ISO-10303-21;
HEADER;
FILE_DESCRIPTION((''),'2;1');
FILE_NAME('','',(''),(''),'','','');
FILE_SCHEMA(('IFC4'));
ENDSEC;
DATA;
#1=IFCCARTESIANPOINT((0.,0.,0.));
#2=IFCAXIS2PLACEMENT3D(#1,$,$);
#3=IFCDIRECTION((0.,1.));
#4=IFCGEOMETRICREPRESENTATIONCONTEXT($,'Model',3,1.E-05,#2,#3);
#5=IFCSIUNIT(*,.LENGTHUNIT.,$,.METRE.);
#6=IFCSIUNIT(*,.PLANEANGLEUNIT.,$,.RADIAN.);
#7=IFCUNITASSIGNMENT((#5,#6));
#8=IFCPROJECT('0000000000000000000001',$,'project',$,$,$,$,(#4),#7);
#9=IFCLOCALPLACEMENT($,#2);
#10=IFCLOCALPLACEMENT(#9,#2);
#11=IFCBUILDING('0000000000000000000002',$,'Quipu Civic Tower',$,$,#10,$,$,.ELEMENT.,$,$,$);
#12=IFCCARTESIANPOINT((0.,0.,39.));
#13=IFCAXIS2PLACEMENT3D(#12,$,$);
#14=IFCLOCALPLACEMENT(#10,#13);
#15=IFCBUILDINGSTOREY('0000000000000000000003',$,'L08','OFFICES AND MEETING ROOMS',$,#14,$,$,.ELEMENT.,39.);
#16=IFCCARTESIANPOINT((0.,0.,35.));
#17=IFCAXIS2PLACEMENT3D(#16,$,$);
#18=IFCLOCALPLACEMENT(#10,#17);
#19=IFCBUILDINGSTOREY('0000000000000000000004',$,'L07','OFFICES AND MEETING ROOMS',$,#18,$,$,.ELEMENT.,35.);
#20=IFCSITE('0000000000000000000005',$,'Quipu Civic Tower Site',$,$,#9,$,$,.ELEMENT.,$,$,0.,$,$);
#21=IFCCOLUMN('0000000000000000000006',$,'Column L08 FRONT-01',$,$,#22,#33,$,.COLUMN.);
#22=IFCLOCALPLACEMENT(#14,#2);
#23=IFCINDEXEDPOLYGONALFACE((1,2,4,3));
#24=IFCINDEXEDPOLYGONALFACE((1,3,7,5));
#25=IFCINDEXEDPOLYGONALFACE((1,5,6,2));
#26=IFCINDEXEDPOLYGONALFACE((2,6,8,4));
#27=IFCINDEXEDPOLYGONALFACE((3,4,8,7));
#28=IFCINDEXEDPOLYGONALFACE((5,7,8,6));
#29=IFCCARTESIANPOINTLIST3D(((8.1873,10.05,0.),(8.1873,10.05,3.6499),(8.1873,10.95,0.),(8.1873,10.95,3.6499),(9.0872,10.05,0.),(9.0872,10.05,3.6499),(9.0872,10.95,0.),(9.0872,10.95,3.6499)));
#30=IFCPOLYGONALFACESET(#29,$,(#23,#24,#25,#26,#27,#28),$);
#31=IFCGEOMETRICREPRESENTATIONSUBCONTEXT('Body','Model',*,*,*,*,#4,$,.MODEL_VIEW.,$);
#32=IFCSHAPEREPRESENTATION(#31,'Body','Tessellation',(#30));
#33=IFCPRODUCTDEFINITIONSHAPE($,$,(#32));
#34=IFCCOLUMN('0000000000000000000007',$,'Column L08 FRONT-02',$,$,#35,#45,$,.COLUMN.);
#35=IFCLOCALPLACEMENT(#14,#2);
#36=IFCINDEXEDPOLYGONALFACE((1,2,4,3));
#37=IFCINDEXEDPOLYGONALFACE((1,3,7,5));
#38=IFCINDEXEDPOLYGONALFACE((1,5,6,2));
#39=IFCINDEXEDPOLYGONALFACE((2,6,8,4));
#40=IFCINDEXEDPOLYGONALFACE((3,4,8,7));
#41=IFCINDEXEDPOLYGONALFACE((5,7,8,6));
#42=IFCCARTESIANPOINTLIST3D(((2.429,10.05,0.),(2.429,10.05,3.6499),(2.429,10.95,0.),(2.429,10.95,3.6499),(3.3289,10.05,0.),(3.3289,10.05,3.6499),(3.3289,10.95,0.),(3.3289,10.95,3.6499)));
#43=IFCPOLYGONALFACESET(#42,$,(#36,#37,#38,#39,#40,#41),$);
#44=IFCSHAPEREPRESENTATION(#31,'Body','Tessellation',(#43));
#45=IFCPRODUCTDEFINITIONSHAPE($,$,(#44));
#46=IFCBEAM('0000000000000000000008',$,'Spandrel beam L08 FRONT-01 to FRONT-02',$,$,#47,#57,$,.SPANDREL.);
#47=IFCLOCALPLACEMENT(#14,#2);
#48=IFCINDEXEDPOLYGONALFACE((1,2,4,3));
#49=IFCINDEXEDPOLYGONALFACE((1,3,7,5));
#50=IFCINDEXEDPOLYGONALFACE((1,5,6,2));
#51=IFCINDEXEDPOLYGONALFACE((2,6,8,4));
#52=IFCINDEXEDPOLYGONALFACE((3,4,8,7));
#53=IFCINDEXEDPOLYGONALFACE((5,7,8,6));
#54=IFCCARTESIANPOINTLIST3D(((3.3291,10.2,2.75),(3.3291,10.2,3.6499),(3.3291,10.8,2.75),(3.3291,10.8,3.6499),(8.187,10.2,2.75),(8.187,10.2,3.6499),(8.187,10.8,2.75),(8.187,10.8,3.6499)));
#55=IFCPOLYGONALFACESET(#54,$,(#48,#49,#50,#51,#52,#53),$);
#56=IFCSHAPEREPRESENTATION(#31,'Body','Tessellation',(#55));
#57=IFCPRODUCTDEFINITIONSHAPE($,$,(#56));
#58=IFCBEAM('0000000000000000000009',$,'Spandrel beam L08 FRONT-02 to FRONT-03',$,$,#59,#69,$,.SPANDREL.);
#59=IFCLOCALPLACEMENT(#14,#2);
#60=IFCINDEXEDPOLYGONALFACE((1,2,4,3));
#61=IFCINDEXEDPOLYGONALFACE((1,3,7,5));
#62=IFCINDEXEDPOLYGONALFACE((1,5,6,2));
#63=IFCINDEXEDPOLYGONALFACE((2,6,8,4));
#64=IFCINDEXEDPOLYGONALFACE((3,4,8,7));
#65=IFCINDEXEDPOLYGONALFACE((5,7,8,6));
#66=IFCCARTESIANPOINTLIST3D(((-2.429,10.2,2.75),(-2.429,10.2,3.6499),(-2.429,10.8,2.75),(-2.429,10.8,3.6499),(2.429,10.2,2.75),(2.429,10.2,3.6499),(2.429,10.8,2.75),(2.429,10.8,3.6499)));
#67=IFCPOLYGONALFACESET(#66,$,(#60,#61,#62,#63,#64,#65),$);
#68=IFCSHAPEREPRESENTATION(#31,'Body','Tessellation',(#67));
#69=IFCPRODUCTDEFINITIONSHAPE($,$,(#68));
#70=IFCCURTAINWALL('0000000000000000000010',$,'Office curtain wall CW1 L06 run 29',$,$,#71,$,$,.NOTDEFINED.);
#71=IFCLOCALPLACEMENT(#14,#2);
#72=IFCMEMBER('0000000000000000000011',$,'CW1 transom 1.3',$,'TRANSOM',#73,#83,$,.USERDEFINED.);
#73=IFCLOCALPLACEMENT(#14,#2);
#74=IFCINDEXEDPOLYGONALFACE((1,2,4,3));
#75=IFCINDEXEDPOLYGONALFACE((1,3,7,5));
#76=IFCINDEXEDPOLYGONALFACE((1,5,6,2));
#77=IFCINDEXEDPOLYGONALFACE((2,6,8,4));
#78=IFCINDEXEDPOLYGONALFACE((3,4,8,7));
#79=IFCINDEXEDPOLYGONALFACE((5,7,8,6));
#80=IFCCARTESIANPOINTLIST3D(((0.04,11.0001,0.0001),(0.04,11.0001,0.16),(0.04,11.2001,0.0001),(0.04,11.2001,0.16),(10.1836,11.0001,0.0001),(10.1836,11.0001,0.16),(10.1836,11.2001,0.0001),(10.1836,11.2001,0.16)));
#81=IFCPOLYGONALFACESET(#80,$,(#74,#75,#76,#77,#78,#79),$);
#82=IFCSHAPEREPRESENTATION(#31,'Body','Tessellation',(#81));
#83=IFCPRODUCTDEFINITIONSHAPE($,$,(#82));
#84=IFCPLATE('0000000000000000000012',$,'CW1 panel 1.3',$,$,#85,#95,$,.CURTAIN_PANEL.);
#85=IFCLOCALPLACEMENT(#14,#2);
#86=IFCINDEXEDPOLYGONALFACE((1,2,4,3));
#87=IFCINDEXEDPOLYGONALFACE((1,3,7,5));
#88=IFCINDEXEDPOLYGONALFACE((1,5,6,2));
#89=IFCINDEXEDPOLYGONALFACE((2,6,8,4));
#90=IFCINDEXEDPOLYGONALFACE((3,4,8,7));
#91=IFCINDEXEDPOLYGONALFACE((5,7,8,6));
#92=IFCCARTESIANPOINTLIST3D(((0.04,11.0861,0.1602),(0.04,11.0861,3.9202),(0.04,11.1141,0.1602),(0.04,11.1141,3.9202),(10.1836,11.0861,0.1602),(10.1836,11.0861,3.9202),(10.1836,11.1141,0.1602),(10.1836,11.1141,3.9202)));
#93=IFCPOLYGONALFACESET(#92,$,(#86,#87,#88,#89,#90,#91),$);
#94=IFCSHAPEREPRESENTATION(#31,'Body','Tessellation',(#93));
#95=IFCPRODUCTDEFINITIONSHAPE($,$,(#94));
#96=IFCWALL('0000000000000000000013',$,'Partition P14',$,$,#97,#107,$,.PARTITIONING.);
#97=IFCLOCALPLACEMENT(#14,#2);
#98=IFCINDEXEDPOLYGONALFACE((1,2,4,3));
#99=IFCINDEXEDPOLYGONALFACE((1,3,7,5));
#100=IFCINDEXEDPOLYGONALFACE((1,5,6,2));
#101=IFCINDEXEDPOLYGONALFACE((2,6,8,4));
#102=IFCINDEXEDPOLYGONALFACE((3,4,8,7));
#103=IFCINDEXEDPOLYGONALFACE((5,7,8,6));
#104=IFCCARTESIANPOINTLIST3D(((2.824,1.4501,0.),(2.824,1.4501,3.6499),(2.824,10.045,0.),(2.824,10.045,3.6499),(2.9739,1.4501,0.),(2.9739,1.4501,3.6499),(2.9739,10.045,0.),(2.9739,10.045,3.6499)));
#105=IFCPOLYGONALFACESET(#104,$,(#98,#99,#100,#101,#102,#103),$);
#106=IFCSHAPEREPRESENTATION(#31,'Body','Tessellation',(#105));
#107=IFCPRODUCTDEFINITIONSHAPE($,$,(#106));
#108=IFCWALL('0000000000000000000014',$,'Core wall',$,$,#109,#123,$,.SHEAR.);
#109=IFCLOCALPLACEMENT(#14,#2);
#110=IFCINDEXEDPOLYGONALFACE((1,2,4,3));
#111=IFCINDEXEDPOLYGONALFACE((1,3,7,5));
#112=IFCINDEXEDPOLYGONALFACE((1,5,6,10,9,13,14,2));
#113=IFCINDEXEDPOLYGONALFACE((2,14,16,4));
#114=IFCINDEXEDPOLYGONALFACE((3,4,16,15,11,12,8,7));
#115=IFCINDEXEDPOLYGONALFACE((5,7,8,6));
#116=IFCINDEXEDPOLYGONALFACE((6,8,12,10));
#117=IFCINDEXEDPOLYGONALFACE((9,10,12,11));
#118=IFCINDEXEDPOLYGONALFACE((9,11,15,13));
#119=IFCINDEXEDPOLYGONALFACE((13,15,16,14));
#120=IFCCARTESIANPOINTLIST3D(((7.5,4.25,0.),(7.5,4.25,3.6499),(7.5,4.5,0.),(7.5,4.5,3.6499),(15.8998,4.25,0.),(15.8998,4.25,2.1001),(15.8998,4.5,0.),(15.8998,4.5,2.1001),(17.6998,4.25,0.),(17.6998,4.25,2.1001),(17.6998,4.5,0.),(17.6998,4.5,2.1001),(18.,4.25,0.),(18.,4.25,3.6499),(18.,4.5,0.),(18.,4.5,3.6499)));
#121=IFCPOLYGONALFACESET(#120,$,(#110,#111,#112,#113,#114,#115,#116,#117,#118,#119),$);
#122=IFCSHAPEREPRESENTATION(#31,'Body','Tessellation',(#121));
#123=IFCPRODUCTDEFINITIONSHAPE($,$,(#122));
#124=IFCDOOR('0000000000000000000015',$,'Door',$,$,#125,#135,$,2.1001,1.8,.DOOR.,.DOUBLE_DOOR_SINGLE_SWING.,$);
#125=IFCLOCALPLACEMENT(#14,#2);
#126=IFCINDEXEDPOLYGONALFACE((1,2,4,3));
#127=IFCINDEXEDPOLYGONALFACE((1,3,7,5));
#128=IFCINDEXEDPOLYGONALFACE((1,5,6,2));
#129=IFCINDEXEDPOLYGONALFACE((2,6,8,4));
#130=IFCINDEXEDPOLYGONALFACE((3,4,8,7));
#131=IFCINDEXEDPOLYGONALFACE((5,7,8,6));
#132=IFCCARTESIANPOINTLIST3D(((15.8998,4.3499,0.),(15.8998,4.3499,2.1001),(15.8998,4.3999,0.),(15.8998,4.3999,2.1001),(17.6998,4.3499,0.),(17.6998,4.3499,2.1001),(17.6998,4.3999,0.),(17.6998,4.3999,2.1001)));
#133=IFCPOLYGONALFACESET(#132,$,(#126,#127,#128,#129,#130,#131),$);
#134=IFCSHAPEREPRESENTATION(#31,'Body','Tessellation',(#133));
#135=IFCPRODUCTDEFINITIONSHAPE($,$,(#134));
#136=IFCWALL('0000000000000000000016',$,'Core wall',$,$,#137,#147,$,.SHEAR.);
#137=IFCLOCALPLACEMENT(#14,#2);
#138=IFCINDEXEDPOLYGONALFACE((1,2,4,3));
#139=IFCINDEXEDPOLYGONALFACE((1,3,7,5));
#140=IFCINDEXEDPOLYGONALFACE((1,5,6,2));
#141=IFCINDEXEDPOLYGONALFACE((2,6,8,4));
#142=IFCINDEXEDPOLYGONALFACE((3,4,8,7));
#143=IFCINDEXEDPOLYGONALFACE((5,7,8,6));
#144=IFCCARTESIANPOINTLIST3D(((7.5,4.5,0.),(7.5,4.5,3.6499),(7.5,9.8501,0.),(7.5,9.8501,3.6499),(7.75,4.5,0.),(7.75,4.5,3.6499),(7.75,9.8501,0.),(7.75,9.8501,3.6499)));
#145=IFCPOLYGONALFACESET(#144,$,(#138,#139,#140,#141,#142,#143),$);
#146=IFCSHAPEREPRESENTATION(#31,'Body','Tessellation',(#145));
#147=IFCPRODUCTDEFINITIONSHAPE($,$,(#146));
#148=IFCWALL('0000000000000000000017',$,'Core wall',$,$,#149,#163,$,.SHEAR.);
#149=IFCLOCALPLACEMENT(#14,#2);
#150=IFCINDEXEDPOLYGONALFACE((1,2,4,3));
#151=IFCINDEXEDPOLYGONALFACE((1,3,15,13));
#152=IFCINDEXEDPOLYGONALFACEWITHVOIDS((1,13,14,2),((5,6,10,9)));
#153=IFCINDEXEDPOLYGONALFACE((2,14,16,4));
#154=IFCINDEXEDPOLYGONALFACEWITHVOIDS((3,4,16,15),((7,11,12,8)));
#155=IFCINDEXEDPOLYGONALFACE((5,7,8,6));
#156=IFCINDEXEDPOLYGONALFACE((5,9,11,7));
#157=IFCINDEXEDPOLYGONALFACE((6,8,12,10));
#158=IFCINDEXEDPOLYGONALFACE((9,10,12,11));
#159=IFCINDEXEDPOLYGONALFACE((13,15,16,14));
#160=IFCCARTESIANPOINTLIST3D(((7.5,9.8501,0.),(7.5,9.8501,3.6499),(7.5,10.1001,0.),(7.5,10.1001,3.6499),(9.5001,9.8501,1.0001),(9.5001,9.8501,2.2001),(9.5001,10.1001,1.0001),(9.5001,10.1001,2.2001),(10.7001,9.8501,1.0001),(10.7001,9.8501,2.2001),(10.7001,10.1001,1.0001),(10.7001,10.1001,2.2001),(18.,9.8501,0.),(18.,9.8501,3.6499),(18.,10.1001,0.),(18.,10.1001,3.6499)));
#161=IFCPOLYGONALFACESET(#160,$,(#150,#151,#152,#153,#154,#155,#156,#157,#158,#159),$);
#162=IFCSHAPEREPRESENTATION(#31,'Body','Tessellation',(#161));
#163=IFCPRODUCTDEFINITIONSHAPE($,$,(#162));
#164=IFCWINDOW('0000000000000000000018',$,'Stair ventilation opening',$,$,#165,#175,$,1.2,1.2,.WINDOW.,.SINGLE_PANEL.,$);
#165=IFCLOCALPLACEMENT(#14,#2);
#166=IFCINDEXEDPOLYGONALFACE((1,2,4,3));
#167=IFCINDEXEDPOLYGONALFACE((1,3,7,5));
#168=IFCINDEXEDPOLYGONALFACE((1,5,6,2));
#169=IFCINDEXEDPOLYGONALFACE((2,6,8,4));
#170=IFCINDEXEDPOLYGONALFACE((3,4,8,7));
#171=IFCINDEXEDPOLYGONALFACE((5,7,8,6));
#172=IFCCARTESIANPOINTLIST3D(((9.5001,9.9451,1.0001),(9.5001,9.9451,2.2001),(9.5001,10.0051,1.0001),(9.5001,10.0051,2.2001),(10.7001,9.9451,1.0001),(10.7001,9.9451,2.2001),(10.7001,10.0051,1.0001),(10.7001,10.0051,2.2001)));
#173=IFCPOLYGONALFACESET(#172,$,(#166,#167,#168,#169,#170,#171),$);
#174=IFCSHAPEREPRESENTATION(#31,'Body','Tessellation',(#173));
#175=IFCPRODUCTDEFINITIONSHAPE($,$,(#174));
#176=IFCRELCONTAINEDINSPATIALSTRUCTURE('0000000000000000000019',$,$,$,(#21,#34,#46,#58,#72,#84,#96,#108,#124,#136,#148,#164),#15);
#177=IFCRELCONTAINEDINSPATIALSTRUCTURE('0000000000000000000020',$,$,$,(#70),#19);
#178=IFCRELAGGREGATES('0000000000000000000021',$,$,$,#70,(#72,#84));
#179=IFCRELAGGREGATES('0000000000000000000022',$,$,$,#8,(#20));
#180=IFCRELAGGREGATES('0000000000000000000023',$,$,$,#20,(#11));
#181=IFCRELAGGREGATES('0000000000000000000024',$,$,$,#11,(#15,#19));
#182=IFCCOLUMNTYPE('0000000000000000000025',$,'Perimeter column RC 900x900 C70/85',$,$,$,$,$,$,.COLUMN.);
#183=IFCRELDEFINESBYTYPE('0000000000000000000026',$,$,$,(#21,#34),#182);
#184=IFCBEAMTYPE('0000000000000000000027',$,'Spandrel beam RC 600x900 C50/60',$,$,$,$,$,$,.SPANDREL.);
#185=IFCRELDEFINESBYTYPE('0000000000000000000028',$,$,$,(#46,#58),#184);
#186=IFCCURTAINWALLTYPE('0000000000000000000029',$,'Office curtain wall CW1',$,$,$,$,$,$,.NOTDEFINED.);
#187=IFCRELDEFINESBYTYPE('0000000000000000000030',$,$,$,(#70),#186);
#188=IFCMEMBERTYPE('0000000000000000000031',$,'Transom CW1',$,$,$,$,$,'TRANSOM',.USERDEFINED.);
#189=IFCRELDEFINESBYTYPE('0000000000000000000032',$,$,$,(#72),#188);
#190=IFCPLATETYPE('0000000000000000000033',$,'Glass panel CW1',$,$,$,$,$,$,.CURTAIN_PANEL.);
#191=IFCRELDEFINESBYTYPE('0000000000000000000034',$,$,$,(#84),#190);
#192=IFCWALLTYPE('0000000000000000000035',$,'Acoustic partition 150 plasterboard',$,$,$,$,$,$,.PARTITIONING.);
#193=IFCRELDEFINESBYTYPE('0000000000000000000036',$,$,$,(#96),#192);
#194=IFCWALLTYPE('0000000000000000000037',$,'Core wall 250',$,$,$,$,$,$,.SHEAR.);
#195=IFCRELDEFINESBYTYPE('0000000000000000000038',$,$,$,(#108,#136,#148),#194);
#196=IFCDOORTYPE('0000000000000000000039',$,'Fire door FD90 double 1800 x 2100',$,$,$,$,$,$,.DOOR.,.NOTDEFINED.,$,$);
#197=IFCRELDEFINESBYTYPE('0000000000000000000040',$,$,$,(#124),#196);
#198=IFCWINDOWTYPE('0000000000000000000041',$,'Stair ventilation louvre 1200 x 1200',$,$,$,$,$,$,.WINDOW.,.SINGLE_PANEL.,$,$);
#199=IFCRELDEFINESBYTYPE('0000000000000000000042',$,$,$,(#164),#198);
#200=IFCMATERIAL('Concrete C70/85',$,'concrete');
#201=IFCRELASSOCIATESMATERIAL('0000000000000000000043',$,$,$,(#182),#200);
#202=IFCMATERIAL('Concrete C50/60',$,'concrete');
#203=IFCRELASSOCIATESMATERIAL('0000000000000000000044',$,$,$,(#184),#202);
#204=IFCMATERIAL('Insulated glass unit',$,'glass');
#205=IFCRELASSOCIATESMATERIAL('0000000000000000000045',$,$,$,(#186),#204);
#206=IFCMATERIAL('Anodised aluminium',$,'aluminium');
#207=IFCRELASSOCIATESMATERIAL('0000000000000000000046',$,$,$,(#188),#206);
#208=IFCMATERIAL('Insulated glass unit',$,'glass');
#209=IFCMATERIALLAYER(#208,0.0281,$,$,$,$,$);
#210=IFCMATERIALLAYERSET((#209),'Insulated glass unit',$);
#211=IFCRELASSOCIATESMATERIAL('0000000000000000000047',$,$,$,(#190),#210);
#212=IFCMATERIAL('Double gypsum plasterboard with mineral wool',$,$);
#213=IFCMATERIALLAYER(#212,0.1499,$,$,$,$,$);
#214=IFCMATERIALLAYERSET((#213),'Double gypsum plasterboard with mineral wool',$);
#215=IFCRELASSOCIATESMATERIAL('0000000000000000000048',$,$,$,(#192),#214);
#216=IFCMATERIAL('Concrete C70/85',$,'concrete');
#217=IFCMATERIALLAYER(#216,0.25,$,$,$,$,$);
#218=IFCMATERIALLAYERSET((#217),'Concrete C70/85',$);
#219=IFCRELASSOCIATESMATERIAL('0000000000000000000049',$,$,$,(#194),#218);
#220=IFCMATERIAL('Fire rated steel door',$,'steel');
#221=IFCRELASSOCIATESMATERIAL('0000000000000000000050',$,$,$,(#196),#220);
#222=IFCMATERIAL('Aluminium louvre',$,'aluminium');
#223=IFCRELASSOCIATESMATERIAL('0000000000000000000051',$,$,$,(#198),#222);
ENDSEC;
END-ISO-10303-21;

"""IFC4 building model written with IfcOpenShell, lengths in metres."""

from ifc_helpers import new_model, si_unit, direction, frame, frame_2d, origin, origin_2d, place, context, subcontext, project, spatial, rectangle, extrude, material, layer, layer_set, material_profile, profile_set, type_object, element, fill, aggregate, save


model = new_model("IFC4")

# Units and contexts
model_context = context("Model", 3, precision=1e-05, world=origin(), true_north=direction((0.0, 1.0)))
body_context = subcontext(model_context, "Body", "Model", "MODEL_VIEW")
ifc_project = project(units=[si_unit("LENGTHUNIT", "METRE"), si_unit("PLANEANGLEUNIT", "RADIAN")], contexts=[model_context])

# Site, building, storey
site_placement = place(None, origin())
site = spatial("IfcSite", under=ifc_project, at=site_placement, Name="Quipu Civic Tower Site", CompositionType="ELEMENT", RefElevation=0.0)
building_placement = place(site_placement, origin())
building = spatial("IfcBuilding", under=site, at=building_placement, Name="Quipu Civic Tower", CompositionType="ELEMENT")
storey_1_placement = place(building_placement, frame((0.0, 0.0, 39.0)))
storey_1 = spatial("IfcBuildingStorey", under=building, at=storey_1_placement, Name="L08", Description="OFFICES AND MEETING ROOMS", CompositionType="ELEMENT", Elevation=39.0)

# Columns
ifc_material_1 = material(Name="Concrete C70/85", Category="concrete")
ifc_material_profile_1 = material_profile(ifc_material_1, rectangle(XDim=0.8999, YDim=0.8999, at=origin_2d()), Name="RC900x900")
ifc_profile_set_1 = profile_set([ifc_material_profile_1], Name="Concrete C70/85")
column_type = type_object("IfcColumnType", Name="Perimeter column RC 900x900 C70/85", PredefinedType="COLUMN", material=ifc_profile_set_1)
for number, where, z_axis, x_axis, name in (
    (1, (8.6372, 10.5, 0.0), (0.0, 0.0, 1.0), (-1.0, 0.0, 0.0), "Column L08 FRONT-01"),
    (2, (2.8789, 10.5, 0.0), (0.0, 0.0, 1.0), (-1.0, 0.0, 0.0), "Column L08 FRONT-02"),
):
    element("IfcColumn", number, at=place(storey_1_placement, frame(where, z_axis=z_axis, x_axis=x_axis)), inside=storey_1, type_object=column_type, Name=name, PredefinedType="COLUMN", context=body_context, shape_type="SweptSolid", body=[
        extrude(rectangle(XDim=0.8999, YDim=0.8999, at=origin_2d()), origin(), (0.0, 0.0, 1.0), 3.6499),
    ])

# Beams
ifc_material_2 = material(Name="Concrete C50/60", Category="concrete")
ifc_material_profile_2 = material_profile(ifc_material_2, rectangle(XDim=0.6001, YDim=0.8999, at=origin_2d()), Name="RC600x900")
ifc_profile_set_2 = profile_set([ifc_material_profile_2], Name="Concrete C50/60")
beam_type = type_object("IfcBeamType", Name="Spandrel beam RC 600x900 C50/60", PredefinedType="SPANDREL", material=ifc_profile_set_2)
for number, where, z_axis, x_axis, name in (
    (3, (8.187, 10.5, 3.2), (-1.0, 0.0, 0.0), (0.0, -1.0, 0.0), "Spandrel beam L08 FRONT-01 to FRONT-02"),
    (4, (2.429, 10.5, 3.2), (-1.0, 0.0, 0.0), (0.0, -1.0, 0.0), "Spandrel beam L08 FRONT-02 to FRONT-03"),
):
    element("IfcBeam", number, at=place(storey_1_placement, frame(where, z_axis=z_axis, x_axis=x_axis)), inside=storey_1, type_object=beam_type, Name=name, PredefinedType="SPANDREL", context=body_context, shape_type="SweptSolid", body=[
        extrude(rectangle(XDim=0.6001, YDim=0.8999, at=origin_2d()), origin(), (0.0, 0.0, 1.0), 4.8579),
    ])

# Shared definitions
storey_2_placement = place(building_placement, frame((0.0, 0.0, 35.0)))
storey_2 = spatial("IfcBuildingStorey", under=building, at=storey_2_placement, Name="L07", Description="OFFICES AND MEETING ROOMS", CompositionType="ELEMENT", Elevation=35.0)

# Curtain wall, member, plate
ifc_material_3 = material(Name="Insulated glass unit", Category="glass")
curtain_wall_type = type_object("IfcCurtainWallType", Name="Office curtain wall CW1", PredefinedType="NOTDEFINED", material=ifc_material_3)
curtain_wall_placement = place(storey_2_placement, origin())
curtain_wall = element("IfcCurtainWall", 5, at=curtain_wall_placement, inside=storey_2, type_object=curtain_wall_type, Name="Office curtain wall CW1 L06 run 29", PredefinedType="NOTDEFINED")
ifc_material_4 = material(Name="Anodised aluminium", Category="aluminium")
ifc_material_profile_3 = material_profile(ifc_material_4, rectangle(XDim=0.2, YDim=0.1599, at=origin_2d()), Name="RECT 200x160")
ifc_profile_set_3 = profile_set([ifc_material_profile_3], Name="Anodised aluminium")
member_type = type_object("IfcMemberType", Name="Transom CW1", ElementType="TRANSOM", PredefinedType="USERDEFINED", material=ifc_profile_set_3)
member_placement = place(storey_1_placement, frame((10.1836, 11.1001, 0.0801), z_axis=(-1.0, 0.0, 0.0), x_axis=(0.0, -1.0, 0.0)))
member = element("IfcMember", 6, at=member_placement, inside=storey_1, type_object=member_type, Name="CW1 transom 1.3", ObjectType="TRANSOM", PredefinedType="USERDEFINED", context=body_context, shape_type="SweptSolid", body=[
    extrude(rectangle(XDim=0.2, YDim=0.1599, at=origin_2d()), origin(), (0.0, 0.0, 1.0), 10.1436),
])
ifc_material_5 = material(Name="Insulated glass unit", Category="glass")
ifc_layer_1 = layer(ifc_material_5, 0.0281)
ifc_layer_set_1 = layer_set([ifc_layer_1], Name="Insulated glass unit")
plate_type = type_object("IfcPlateType", Name="Glass panel CW1", PredefinedType="CURTAIN_PANEL", material=ifc_layer_set_1)
plate_placement = place(storey_1_placement, frame((5.1118, 11.1001, 0.1602), z_axis=(0.0, 0.0, 1.0), x_axis=(-1.0, 0.0, 0.0)))
plate = element("IfcPlate", 7, at=plate_placement, inside=storey_1, type_object=plate_type, Name="CW1 panel 1.3", PredefinedType="CURTAIN_PANEL", context=body_context, shape_type="SweptSolid", body=[
    extrude(rectangle(XDim=10.1436, YDim=0.0281, at=origin_2d()), origin(), (0.0, 0.0, 1.0), 3.76),
])
aggregate(curtain_wall, [member, plate])

# Wall
ifc_material_6 = material(Name="Double gypsum plasterboard with mineral wool")
ifc_layer_2 = layer(ifc_material_6, 0.1499)
ifc_layer_set_2 = layer_set([ifc_layer_2], Name="Double gypsum plasterboard with mineral wool")
wall_type_1 = type_object("IfcWallType", Name="Acoustic partition 150 plasterboard", PredefinedType="PARTITIONING", material=ifc_layer_set_2)
wall_1_placement = place(storey_1_placement, frame((2.8989, 10.0449, 0.0), z_axis=(0.0, 0.0, 1.0), x_axis=(0.0, -1.0, 0.0)))
element("IfcWall", 8, at=wall_1_placement, inside=storey_1, type_object=wall_type_1, Name="Partition P14", PredefinedType="PARTITIONING", context=body_context, shape_type="SweptSolid", body=[
    extrude(rectangle(XDim=8.595, YDim=0.1499, at=frame_2d((4.2974, 0.0))), origin(), (0.0, 0.0, 1.0), 3.6499),
])

# Wall, opening, door
ifc_material_7 = material(Name="Concrete C70/85", Category="concrete")
ifc_layer_3 = layer(ifc_material_7, 0.25)
ifc_layer_set_3 = layer_set([ifc_layer_3], Name="Concrete C70/85")
wall_type_2 = type_object("IfcWallType", Name="Core wall 250", PredefinedType="SHEAR", material=ifc_layer_set_3)
wall_2_placement = place(storey_1_placement, frame((7.5, 4.375, 0.0), z_axis=(0.0, 0.0, 1.0), x_axis=(1.0, 0.0, 0.0)))
wall_2 = element("IfcWall", 9, at=wall_2_placement, inside=storey_1, type_object=wall_type_2, Name="Core wall", PredefinedType="SHEAR", context=body_context, shape_type="SweptSolid", body=[
    extrude(rectangle(XDim=10.5, YDim=0.25, at=frame_2d((5.25, 0.0))), origin(), (0.0, 0.0, 1.0), 3.6499),
])
opening_1_placement = place(wall_2_placement, frame((8.3999, 0.0, 0.0)))
opening_1 = element("IfcOpeningElement", 10, at=opening_1_placement, cuts=wall_2, PredefinedType="OPENING", context=body_context, shape_type="SweptSolid", body=[
    extrude(rectangle(XDim=1.8, YDim=2.1001, at=frame_2d((0.8999, 1.05))), frame((0.0, 0.135, 0.0), z_axis=(0.0, -1.0, 0.0), x_axis=(1.0, 0.0, 0.0)), (0.0, 0.0, 1.0), 0.27),
])
ifc_material_8 = material(Name="Fire rated steel door", Category="steel")
door_type = type_object("IfcDoorType", Name="Fire door FD90 double 1800 x 2100", OperationType="NOTDEFINED", PredefinedType="DOOR", material=ifc_material_8)
door_placement = place(opening_1_placement, origin())
door = element("IfcDoor", 11, at=door_placement, inside=storey_1, type_object=door_type, Name="Door", OperationType="DOUBLE_DOOR_SINGLE_SWING", OverallHeight=2.1001, OverallWidth=1.8, PredefinedType="DOOR", context=body_context, shape_type="SweptSolid", body=[
    extrude(rectangle(XDim=1.8, YDim=2.1001, at=frame_2d((0.8999, 1.05))), frame((0.0, 0.0249, 0.0), z_axis=(0.0, -1.0, 0.0), x_axis=(1.0, 0.0, 0.0)), (0.0, 0.0, 1.0), 0.05),
])
fill(opening_1, door)

# Wall
wall_3_placement = place(storey_1_placement, frame((7.625, 4.5, 0.0), z_axis=(0.0, 0.0, 1.0), x_axis=(0.0, 1.0, 0.0)))
element("IfcWall", 12, at=wall_3_placement, inside=storey_1, type_object=wall_type_2, Name="Core wall", PredefinedType="SHEAR", context=body_context, shape_type="SweptSolid", body=[
    extrude(rectangle(XDim=5.3501, YDim=0.25, at=frame_2d((2.675, 0.0))), origin(), (0.0, 0.0, 1.0), 3.6499),
])

# Wall, opening, window
wall_4_placement = place(storey_1_placement, frame((7.5, 9.9751, 0.0), z_axis=(0.0, 0.0, 1.0), x_axis=(1.0, 0.0, 0.0)))
wall_4 = element("IfcWall", 13, at=wall_4_placement, inside=storey_1, type_object=wall_type_2, Name="Core wall", PredefinedType="SHEAR", context=body_context, shape_type="SweptSolid", body=[
    extrude(rectangle(XDim=10.5, YDim=0.25, at=frame_2d((5.25, 0.0))), origin(), (0.0, 0.0, 1.0), 3.6499),
])
opening_2_placement = place(wall_4_placement, frame((2.0, 0.0, 1.0)))
opening_2 = element("IfcOpeningElement", 14, at=opening_2_placement, cuts=wall_4, PredefinedType="OPENING", context=body_context, shape_type="SweptSolid", body=[
    extrude(rectangle(XDim=1.2, YDim=1.2, at=frame_2d((0.6001, 0.6001))), frame((0.0, 0.135, 0.0), z_axis=(0.0, -1.0, 0.0), x_axis=(1.0, 0.0, 0.0)), (0.0, 0.0, 1.0), 0.27),
])
ifc_material_9 = material(Name="Aluminium louvre", Category="aluminium")
window_type = type_object("IfcWindowType", Name="Stair ventilation louvre 1200 x 1200", PartitioningType="SINGLE_PANEL", PredefinedType="WINDOW", material=ifc_material_9)
window_placement = place(opening_2_placement, origin())
window = element("IfcWindow", 15, at=window_placement, inside=storey_1, type_object=window_type, Name="Stair ventilation opening", OverallHeight=1.2, OverallWidth=1.2, PartitioningType="SINGLE_PANEL", PredefinedType="WINDOW", context=body_context, shape_type="SweptSolid", body=[
    extrude(rectangle(XDim=1.2, YDim=1.2, at=frame_2d((0.6001, 0.6001))), frame((0.0, 0.03, 0.0), z_axis=(0.0, -1.0, 0.0), x_axis=(1.0, 0.0, 0.0)), (0.0, 0.0, 1.0), 0.0601),
])
fill(opening_2, window)

save(model, "model.ifc")
